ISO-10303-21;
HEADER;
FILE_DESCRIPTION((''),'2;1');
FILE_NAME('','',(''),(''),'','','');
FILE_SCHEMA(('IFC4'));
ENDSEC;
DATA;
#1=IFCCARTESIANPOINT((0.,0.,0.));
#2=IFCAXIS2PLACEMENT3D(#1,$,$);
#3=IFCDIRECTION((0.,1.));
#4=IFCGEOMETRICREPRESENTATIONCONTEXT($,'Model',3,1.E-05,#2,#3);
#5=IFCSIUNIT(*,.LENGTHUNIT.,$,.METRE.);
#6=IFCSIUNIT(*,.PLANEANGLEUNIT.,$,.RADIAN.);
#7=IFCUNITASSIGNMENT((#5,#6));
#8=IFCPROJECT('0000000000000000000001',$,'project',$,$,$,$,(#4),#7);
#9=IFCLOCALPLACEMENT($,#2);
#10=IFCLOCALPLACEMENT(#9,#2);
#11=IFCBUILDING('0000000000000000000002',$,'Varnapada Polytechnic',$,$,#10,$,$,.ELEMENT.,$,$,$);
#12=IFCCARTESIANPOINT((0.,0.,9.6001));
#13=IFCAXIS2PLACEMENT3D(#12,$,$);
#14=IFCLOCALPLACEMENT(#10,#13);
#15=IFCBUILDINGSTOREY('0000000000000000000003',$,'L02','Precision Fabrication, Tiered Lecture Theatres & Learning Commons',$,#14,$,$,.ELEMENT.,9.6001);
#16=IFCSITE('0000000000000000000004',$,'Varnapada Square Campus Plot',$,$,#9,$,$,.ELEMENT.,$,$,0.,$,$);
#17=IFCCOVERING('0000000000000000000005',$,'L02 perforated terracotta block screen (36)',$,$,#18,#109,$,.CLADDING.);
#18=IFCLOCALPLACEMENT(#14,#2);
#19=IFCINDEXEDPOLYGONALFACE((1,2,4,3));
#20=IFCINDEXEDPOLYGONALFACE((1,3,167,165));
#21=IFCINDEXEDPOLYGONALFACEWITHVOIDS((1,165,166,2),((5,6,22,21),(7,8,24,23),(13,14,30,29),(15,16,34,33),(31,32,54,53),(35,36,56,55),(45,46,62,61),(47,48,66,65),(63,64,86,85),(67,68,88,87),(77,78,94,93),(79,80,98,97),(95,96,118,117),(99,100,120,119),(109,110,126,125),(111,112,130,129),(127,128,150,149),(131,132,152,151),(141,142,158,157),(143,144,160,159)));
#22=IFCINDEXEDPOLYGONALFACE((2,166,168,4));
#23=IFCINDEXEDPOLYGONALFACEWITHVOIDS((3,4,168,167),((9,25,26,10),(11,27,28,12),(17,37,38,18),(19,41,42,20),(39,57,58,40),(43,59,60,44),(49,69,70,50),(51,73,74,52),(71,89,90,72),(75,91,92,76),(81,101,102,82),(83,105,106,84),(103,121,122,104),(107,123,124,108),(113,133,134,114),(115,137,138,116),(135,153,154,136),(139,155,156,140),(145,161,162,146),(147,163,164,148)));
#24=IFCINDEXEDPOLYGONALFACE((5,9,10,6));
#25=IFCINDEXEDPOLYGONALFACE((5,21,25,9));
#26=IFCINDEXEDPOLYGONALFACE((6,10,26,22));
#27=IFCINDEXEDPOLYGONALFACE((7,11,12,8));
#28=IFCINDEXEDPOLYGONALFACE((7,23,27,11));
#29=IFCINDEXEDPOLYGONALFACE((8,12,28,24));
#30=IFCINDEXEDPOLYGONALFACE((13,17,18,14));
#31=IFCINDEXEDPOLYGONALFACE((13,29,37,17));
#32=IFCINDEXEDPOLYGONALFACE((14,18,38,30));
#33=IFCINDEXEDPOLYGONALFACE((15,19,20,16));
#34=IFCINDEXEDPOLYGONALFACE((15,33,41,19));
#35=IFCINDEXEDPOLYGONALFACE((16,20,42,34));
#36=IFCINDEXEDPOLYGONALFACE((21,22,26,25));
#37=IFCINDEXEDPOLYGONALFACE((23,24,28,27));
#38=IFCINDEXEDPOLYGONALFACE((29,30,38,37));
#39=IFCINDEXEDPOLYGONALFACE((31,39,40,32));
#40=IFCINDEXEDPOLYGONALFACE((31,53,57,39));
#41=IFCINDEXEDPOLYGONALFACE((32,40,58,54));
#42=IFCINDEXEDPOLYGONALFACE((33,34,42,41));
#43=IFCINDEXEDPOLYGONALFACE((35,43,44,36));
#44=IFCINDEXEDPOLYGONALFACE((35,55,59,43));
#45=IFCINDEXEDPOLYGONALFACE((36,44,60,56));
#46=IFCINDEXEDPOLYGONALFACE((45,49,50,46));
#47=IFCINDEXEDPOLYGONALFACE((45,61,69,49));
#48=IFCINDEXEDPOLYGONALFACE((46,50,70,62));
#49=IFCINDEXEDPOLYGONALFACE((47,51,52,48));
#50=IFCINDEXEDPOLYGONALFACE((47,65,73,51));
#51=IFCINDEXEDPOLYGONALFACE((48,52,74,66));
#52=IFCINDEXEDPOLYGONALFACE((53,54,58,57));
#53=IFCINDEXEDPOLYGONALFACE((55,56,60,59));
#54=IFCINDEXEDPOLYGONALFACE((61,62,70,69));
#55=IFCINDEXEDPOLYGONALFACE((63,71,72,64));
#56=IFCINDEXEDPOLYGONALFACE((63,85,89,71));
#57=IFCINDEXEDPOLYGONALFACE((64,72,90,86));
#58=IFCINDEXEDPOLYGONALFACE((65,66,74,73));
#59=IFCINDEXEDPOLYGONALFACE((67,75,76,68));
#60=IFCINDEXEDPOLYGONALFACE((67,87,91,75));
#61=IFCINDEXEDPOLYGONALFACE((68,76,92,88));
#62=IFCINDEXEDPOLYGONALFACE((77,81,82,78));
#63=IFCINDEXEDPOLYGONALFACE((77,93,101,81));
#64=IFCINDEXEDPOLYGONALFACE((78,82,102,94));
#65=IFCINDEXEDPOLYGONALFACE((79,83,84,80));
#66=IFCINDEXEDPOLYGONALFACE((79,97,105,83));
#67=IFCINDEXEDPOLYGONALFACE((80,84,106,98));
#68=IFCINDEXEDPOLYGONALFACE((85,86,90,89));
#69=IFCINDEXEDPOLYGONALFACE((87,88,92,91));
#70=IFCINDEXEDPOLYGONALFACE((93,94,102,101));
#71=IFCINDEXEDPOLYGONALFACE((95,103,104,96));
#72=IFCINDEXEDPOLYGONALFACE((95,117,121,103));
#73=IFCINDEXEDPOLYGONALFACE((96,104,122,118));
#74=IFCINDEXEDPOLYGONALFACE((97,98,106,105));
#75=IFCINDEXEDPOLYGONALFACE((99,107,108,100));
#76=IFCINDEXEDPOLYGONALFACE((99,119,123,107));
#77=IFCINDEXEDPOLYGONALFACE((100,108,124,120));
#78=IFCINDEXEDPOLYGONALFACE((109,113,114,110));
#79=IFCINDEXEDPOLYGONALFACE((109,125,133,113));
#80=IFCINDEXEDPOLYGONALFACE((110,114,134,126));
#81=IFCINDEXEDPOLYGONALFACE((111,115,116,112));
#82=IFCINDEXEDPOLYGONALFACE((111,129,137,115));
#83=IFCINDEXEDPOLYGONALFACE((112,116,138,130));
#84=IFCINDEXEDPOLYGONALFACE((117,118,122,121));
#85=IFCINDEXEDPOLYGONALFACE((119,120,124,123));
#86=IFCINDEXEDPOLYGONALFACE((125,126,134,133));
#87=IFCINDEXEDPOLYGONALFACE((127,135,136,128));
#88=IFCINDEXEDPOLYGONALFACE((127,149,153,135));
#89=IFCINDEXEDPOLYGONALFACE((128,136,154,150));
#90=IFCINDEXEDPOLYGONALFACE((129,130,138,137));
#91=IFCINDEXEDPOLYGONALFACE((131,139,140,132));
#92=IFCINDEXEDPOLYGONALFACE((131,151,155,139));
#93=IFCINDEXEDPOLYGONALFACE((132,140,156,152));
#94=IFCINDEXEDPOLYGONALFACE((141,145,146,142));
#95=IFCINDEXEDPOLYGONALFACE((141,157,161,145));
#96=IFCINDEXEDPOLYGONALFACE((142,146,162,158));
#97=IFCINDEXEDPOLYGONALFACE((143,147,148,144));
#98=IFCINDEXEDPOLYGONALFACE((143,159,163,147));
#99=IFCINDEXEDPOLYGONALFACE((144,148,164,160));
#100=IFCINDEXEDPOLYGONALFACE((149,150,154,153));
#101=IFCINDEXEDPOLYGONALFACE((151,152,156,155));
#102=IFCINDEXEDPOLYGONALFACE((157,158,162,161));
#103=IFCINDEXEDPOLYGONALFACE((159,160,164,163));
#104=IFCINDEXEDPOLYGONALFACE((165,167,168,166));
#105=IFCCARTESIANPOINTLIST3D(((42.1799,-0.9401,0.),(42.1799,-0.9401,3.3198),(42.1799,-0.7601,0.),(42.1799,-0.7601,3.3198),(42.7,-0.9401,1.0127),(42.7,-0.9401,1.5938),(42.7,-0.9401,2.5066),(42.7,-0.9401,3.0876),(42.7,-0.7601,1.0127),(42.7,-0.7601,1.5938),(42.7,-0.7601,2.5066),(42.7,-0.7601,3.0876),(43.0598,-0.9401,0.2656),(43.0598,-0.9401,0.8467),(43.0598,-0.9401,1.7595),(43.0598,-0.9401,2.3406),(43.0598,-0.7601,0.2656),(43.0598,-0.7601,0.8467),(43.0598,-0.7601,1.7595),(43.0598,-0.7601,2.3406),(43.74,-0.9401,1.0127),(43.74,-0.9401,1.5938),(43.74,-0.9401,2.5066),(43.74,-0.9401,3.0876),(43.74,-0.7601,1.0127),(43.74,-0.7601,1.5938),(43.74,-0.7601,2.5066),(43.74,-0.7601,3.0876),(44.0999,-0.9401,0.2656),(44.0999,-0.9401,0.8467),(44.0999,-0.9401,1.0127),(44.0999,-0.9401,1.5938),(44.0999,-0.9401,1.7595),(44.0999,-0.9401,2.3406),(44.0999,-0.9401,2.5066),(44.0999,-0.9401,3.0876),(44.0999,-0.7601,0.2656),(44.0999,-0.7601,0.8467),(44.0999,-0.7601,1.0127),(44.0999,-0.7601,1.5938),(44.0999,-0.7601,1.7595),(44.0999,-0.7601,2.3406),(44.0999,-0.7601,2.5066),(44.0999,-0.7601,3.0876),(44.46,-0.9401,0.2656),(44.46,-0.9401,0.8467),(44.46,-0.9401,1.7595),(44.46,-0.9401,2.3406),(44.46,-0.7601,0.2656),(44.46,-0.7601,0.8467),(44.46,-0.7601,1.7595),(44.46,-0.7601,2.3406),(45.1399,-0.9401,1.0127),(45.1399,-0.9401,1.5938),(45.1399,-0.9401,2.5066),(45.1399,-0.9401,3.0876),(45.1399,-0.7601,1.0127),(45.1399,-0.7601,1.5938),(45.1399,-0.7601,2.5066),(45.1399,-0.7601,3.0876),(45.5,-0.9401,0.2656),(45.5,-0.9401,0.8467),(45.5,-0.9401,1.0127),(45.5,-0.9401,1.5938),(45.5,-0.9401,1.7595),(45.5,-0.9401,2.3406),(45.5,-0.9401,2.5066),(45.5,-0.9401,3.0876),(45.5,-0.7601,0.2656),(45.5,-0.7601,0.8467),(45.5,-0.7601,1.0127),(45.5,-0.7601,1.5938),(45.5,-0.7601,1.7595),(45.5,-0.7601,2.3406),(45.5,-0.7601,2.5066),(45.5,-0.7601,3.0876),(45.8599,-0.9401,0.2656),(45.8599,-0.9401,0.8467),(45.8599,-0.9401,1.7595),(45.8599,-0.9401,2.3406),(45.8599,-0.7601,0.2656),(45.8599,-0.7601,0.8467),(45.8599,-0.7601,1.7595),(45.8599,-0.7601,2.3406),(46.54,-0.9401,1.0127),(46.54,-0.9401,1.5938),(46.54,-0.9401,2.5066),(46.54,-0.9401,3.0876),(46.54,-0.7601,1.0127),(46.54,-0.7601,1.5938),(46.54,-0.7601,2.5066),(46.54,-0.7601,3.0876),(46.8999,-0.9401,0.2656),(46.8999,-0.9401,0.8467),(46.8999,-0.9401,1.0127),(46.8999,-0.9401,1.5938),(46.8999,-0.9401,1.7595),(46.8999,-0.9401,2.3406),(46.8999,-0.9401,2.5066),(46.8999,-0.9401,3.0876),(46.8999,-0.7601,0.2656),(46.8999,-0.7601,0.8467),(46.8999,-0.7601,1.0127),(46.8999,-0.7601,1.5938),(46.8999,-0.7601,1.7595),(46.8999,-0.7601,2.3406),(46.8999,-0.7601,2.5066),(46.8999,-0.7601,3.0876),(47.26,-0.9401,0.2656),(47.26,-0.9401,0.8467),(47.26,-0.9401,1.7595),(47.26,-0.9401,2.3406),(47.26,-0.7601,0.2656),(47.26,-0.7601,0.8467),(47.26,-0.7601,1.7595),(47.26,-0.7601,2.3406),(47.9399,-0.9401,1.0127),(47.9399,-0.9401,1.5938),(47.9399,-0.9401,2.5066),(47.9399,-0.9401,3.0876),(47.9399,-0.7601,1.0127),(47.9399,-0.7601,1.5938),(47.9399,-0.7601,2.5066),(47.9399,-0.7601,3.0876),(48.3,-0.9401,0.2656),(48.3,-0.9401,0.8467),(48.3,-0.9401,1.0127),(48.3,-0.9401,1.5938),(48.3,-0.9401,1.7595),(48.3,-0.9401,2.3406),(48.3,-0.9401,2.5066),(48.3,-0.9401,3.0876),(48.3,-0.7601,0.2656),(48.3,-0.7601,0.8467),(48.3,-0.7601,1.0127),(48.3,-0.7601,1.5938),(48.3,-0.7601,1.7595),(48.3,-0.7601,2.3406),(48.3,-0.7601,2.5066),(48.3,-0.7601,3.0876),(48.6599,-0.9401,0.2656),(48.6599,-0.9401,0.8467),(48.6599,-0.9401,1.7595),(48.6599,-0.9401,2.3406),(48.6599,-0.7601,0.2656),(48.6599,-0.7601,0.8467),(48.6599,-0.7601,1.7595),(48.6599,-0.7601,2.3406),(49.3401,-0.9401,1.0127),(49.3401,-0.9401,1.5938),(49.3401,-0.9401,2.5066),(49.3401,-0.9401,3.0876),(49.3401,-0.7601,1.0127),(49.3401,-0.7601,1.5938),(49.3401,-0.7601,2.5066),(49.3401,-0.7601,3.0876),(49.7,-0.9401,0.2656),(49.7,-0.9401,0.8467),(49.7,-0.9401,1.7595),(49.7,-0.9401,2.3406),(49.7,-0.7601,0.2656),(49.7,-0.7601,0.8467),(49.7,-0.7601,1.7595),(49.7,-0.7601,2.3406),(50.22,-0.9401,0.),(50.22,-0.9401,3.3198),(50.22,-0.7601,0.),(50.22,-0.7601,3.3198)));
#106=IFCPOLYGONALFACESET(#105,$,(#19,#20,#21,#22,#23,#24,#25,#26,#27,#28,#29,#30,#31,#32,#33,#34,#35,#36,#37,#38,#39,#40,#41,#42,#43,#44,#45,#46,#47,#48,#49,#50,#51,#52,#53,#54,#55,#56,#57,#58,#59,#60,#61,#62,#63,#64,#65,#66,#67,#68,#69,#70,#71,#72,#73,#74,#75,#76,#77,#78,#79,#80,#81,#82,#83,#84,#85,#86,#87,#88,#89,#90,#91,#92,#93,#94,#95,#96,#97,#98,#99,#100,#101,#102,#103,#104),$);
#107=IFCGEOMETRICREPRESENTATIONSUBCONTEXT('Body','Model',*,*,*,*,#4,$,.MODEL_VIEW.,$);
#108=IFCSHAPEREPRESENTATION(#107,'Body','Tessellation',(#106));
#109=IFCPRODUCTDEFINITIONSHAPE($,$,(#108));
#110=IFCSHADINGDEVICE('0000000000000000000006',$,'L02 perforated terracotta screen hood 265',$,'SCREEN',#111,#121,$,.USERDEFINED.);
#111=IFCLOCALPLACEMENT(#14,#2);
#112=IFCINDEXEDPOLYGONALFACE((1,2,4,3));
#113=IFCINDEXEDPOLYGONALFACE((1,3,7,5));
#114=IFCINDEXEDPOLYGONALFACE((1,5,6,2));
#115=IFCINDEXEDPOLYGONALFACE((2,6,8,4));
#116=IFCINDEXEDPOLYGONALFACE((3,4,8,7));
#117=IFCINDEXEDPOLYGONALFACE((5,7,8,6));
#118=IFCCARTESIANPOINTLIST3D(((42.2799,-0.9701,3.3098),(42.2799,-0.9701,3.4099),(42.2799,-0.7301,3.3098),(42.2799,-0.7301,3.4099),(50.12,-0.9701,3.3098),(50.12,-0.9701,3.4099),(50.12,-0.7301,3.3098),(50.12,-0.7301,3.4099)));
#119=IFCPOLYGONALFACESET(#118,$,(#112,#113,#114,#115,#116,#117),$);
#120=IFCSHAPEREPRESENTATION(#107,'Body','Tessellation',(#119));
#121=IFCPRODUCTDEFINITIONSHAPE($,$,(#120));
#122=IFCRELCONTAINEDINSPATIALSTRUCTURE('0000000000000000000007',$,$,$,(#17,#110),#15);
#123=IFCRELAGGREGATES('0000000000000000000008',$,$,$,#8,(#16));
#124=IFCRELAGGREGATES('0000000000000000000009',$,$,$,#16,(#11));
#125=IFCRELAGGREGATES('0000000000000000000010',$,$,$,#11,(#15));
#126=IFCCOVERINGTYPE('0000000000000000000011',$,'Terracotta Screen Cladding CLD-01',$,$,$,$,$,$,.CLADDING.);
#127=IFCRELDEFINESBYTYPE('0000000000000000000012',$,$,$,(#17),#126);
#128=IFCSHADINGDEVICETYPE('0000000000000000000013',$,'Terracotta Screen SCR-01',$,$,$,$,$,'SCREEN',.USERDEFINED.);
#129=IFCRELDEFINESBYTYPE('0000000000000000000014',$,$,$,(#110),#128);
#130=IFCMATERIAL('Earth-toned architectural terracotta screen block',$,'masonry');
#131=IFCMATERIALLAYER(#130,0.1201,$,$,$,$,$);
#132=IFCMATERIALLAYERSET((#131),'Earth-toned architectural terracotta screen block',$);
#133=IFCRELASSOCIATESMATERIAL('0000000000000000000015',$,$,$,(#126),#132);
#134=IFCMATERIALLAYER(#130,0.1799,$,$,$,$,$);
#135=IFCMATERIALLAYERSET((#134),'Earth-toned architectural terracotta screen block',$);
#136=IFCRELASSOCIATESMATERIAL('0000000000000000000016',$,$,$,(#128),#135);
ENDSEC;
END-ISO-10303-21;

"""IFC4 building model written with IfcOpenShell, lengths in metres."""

from ifc_helpers import new_model, si_unit, direction, frame, frame_2d, origin, origin_2d, place, context, subcontext, project, spatial, rectangle, extrude, material, layer, layer_set, type_object, element, save


model = new_model("IFC4")

# Units and contexts
model_context = context("Model", 3, precision=1e-05, world=origin(), true_north=direction((0.0, 1.0)))
body_context = subcontext(model_context, "Body", "Model", "MODEL_VIEW")
ifc_project = project(units=[si_unit("LENGTHUNIT", "METRE"), si_unit("PLANEANGLEUNIT", "RADIAN")], contexts=[model_context])

# Site, building, storey
site_placement = place(None, origin())
site = spatial("IfcSite", under=ifc_project, at=site_placement, Name="Varnapada Square Campus Plot", CompositionType="ELEMENT", RefElevation=0.0)
building_placement = place(site_placement, origin())
building = spatial("IfcBuilding", under=site, at=building_placement, Name="Varnapada Polytechnic", CompositionType="ELEMENT")
storey_placement = place(building_placement, frame((0.0, 0.0, 9.6001)))
storey = spatial("IfcBuildingStorey", under=building, at=storey_placement, Name="L02", Description="Precision Fabrication, Tiered Lecture Theatres & Learning Commons", CompositionType="ELEMENT", Elevation=9.6001)

# Covering, openings
ifc_material_1 = material(Name="Earth-toned architectural terracotta screen block", Category="masonry")
ifc_layer_1 = layer(ifc_material_1, 0.1201)
ifc_layer_set_1 = layer_set([ifc_layer_1], Name="Earth-toned architectural terracotta screen block")
covering_type = type_object("IfcCoveringType", Name="Terracotta Screen Cladding CLD-01", PredefinedType="CLADDING", material=ifc_layer_set_1)
covering_placement = place(storey_placement, frame((50.22, -0.8501, 0.0), z_axis=(0.0, 0.0, 1.0), x_axis=(-1.0, 0.0, 0.0)))
covering = element("IfcCovering", 1, at=covering_placement, inside=storey, type_object=covering_type, Name="L02 perforated terracotta block screen (36)", PredefinedType="CLADDING", context=body_context, shape_type="SweptSolid", body=[
    extrude(rectangle(XDim=8.04, YDim=0.1799, at=frame_2d((4.02, 0.0))), origin(), (0.0, 0.0, 1.0), 3.3198),
])
opening_1_placement = place(covering_placement, frame((0.52, 0.0, 0.2656)))
element("IfcOpeningElement", 2, at=opening_1_placement, cuts=covering, PredefinedType="OPENING", context=body_context, shape_type="SweptSolid", body=[
    extrude(rectangle(XDim=1.04, YDim=0.5811, at=frame_2d((0.52, 0.2905))), frame((0.0, 0.0999, 0.0), z_axis=(0.0, -1.0, 0.0), x_axis=(1.0, 0.0, 0.0)), (0.0, 0.0, 1.0), 0.2),
])
opening_2_placement = place(covering_placement, frame((1.9199, 0.0, 0.2656)))
element("IfcOpeningElement", 3, at=opening_2_placement, cuts=covering, PredefinedType="OPENING", context=body_context, shape_type="SweptSolid", body=[
    extrude(rectangle(XDim=1.04, YDim=0.5811, at=frame_2d((0.52, 0.2905))), frame((0.0, 0.0999, 0.0), z_axis=(0.0, -1.0, 0.0), x_axis=(1.0, 0.0, 0.0)), (0.0, 0.0, 1.0), 0.2),
])
opening_3_placement = place(covering_placement, frame((3.3201, 0.0, 0.2656)))
element("IfcOpeningElement", 4, at=opening_3_placement, cuts=covering, PredefinedType="OPENING", context=body_context, shape_type="SweptSolid", body=[
    extrude(rectangle(XDim=1.04, YDim=0.5811, at=frame_2d((0.52, 0.2905))), frame((0.0, 0.0999, 0.0), z_axis=(0.0, -1.0, 0.0), x_axis=(1.0, 0.0, 0.0)), (0.0, 0.0, 1.0), 0.2),
])
opening_4_placement = place(covering_placement, frame((4.72, 0.0, 0.2656)))
element("IfcOpeningElement", 5, at=opening_4_placement, cuts=covering, PredefinedType="OPENING", context=body_context, shape_type="SweptSolid", body=[
    extrude(rectangle(XDim=1.04, YDim=0.5811, at=frame_2d((0.52, 0.2905))), frame((0.0, 0.0999, 0.0), z_axis=(0.0, -1.0, 0.0), x_axis=(1.0, 0.0, 0.0)), (0.0, 0.0, 1.0), 0.2),
])
opening_5_placement = place(covering_placement, frame((6.1201, 0.0, 0.2656)))
element("IfcOpeningElement", 6, at=opening_5_placement, cuts=covering, PredefinedType="OPENING", context=body_context, shape_type="SweptSolid", body=[
    extrude(rectangle(XDim=1.04, YDim=0.5811, at=frame_2d((0.52, 0.2905))), frame((0.0, 0.0999, 0.0), z_axis=(0.0, -1.0, 0.0), x_axis=(1.0, 0.0, 0.0)), (0.0, 0.0, 1.0), 0.2),
])
opening_6_placement = place(covering_placement, frame((0.8799, 0.0, 1.0127)))
element("IfcOpeningElement", 7, at=opening_6_placement, cuts=covering, PredefinedType="OPENING", context=body_context, shape_type="SweptSolid", body=[
    extrude(rectangle(XDim=1.04, YDim=0.5811, at=frame_2d((0.52, 0.2905))), frame((0.0, 0.0999, 0.0), z_axis=(0.0, -1.0, 0.0), x_axis=(1.0, 0.0, 0.0)), (0.0, 0.0, 1.0), 0.2),
])
opening_7_placement = place(covering_placement, frame((2.28, 0.0, 1.0127)))
element("IfcOpeningElement", 8, at=opening_7_placement, cuts=covering, PredefinedType="OPENING", context=body_context, shape_type="SweptSolid", body=[
    extrude(rectangle(XDim=1.04, YDim=0.5811, at=frame_2d((0.52, 0.2905))), frame((0.0, 0.0999, 0.0), z_axis=(0.0, -1.0, 0.0), x_axis=(1.0, 0.0, 0.0)), (0.0, 0.0, 1.0), 0.2),
])
opening_8_placement = place(covering_placement, frame((3.6799, 0.0, 1.0127)))
element("IfcOpeningElement", 9, at=opening_8_placement, cuts=covering, PredefinedType="OPENING", context=body_context, shape_type="SweptSolid", body=[
    extrude(rectangle(XDim=1.04, YDim=0.5811, at=frame_2d((0.52, 0.2905))), frame((0.0, 0.0999, 0.0), z_axis=(0.0, -1.0, 0.0), x_axis=(1.0, 0.0, 0.0)), (0.0, 0.0, 1.0), 0.2),
])
opening_9_placement = place(covering_placement, frame((5.0801, 0.0, 1.0127)))
element("IfcOpeningElement", 10, at=opening_9_placement, cuts=covering, PredefinedType="OPENING", context=body_context, shape_type="SweptSolid", body=[
    extrude(rectangle(XDim=1.04, YDim=0.5811, at=frame_2d((0.52, 0.2905))), frame((0.0, 0.0999, 0.0), z_axis=(0.0, -1.0, 0.0), x_axis=(1.0, 0.0, 0.0)), (0.0, 0.0, 1.0), 0.2),
])
opening_10_placement = place(covering_placement, frame((6.48, 0.0, 1.0127)))
element("IfcOpeningElement", 11, at=opening_10_placement, cuts=covering, PredefinedType="OPENING", context=body_context, shape_type="SweptSolid", body=[
    extrude(rectangle(XDim=1.04, YDim=0.5811, at=frame_2d((0.52, 0.2905))), frame((0.0, 0.0999, 0.0), z_axis=(0.0, -1.0, 0.0), x_axis=(1.0, 0.0, 0.0)), (0.0, 0.0, 1.0), 0.2),
])
opening_11_placement = place(covering_placement, frame((0.52, 0.0, 1.7595)))
element("IfcOpeningElement", 12, at=opening_11_placement, cuts=covering, PredefinedType="OPENING", context=body_context, shape_type="SweptSolid", body=[
    extrude(rectangle(XDim=1.04, YDim=0.5811, at=frame_2d((0.52, 0.2905))), frame((0.0, 0.0999, 0.0), z_axis=(0.0, -1.0, 0.0), x_axis=(1.0, 0.0, 0.0)), (0.0, 0.0, 1.0), 0.2),
])
opening_12_placement = place(covering_placement, frame((1.9199, 0.0, 1.7595)))
element("IfcOpeningElement", 13, at=opening_12_placement, cuts=covering, PredefinedType="OPENING", context=body_context, shape_type="SweptSolid", body=[
    extrude(rectangle(XDim=1.04, YDim=0.5811, at=frame_2d((0.52, 0.2905))), frame((0.0, 0.0999, 0.0), z_axis=(0.0, -1.0, 0.0), x_axis=(1.0, 0.0, 0.0)), (0.0, 0.0, 1.0), 0.2),
])
opening_13_placement = place(covering_placement, frame((3.3201, 0.0, 1.7595)))
element("IfcOpeningElement", 14, at=opening_13_placement, cuts=covering, PredefinedType="OPENING", context=body_context, shape_type="SweptSolid", body=[
    extrude(rectangle(XDim=1.04, YDim=0.5811, at=frame_2d((0.52, 0.2905))), frame((0.0, 0.0999, 0.0), z_axis=(0.0, -1.0, 0.0), x_axis=(1.0, 0.0, 0.0)), (0.0, 0.0, 1.0), 0.2),
])
opening_14_placement = place(covering_placement, frame((4.72, 0.0, 1.7595)))
element("IfcOpeningElement", 15, at=opening_14_placement, cuts=covering, PredefinedType="OPENING", context=body_context, shape_type="SweptSolid", body=[
    extrude(rectangle(XDim=1.04, YDim=0.5811, at=frame_2d((0.52, 0.2905))), frame((0.0, 0.0999, 0.0), z_axis=(0.0, -1.0, 0.0), x_axis=(1.0, 0.0, 0.0)), (0.0, 0.0, 1.0), 0.2),
])
opening_15_placement = place(covering_placement, frame((6.1201, 0.0, 1.7595)))
element("IfcOpeningElement", 16, at=opening_15_placement, cuts=covering, PredefinedType="OPENING", context=body_context, shape_type="SweptSolid", body=[
    extrude(rectangle(XDim=1.04, YDim=0.5811, at=frame_2d((0.52, 0.2905))), frame((0.0, 0.0999, 0.0), z_axis=(0.0, -1.0, 0.0), x_axis=(1.0, 0.0, 0.0)), (0.0, 0.0, 1.0), 0.2),
])
opening_16_placement = place(covering_placement, frame((0.8799, 0.0, 2.5066)))
element("IfcOpeningElement", 17, at=opening_16_placement, cuts=covering, PredefinedType="OPENING", context=body_context, shape_type="SweptSolid", body=[
    extrude(rectangle(XDim=1.04, YDim=0.5811, at=frame_2d((0.52, 0.2905))), frame((0.0, 0.0999, 0.0), z_axis=(0.0, -1.0, 0.0), x_axis=(1.0, 0.0, 0.0)), (0.0, 0.0, 1.0), 0.2),
])
opening_17_placement = place(covering_placement, frame((2.28, 0.0, 2.5066)))
element("IfcOpeningElement", 18, at=opening_17_placement, cuts=covering, PredefinedType="OPENING", context=body_context, shape_type="SweptSolid", body=[
    extrude(rectangle(XDim=1.04, YDim=0.5811, at=frame_2d((0.52, 0.2905))), frame((0.0, 0.0999, 0.0), z_axis=(0.0, -1.0, 0.0), x_axis=(1.0, 0.0, 0.0)), (0.0, 0.0, 1.0), 0.2),
])
opening_18_placement = place(covering_placement, frame((3.6799, 0.0, 2.5066)))
element("IfcOpeningElement", 19, at=opening_18_placement, cuts=covering, PredefinedType="OPENING", context=body_context, shape_type="SweptSolid", body=[
    extrude(rectangle(XDim=1.04, YDim=0.5811, at=frame_2d((0.52, 0.2905))), frame((0.0, 0.0999, 0.0), z_axis=(0.0, -1.0, 0.0), x_axis=(1.0, 0.0, 0.0)), (0.0, 0.0, 1.0), 0.2),
])
opening_19_placement = place(covering_placement, frame((5.0801, 0.0, 2.5066)))
element("IfcOpeningElement", 20, at=opening_19_placement, cuts=covering, PredefinedType="OPENING", context=body_context, shape_type="SweptSolid", body=[
    extrude(rectangle(XDim=1.04, YDim=0.5811, at=frame_2d((0.52, 0.2905))), frame((0.0, 0.0999, 0.0), z_axis=(0.0, -1.0, 0.0), x_axis=(1.0, 0.0, 0.0)), (0.0, 0.0, 1.0), 0.2),
])
opening_20_placement = place(covering_placement, frame((6.48, 0.0, 2.5066)))
element("IfcOpeningElement", 21, at=opening_20_placement, cuts=covering, PredefinedType="OPENING", context=body_context, shape_type="SweptSolid", body=[
    extrude(rectangle(XDim=1.04, YDim=0.5811, at=frame_2d((0.52, 0.2905))), frame((0.0, 0.0999, 0.0), z_axis=(0.0, -1.0, 0.0), x_axis=(1.0, 0.0, 0.0)), (0.0, 0.0, 1.0), 0.2),
])

# Shading device
ifc_layer_2 = layer(ifc_material_1, 0.1799)
ifc_layer_set_2 = layer_set([ifc_layer_2], Name="Earth-toned architectural terracotta screen block")
shading_device_type = type_object("IfcShadingDeviceType", Name="Terracotta Screen SCR-01", ElementType="SCREEN", PredefinedType="USERDEFINED", material=ifc_layer_set_2)
shading_device_placement = place(storey_placement, frame((46.2, -0.8501, 3.3098), z_axis=(0.0, 0.0, 1.0), x_axis=(-1.0, 0.0, 0.0)))
element("IfcShadingDevice", 22, at=shading_device_placement, inside=storey, type_object=shading_device_type, Name="L02 perforated terracotta screen hood 265", ObjectType="SCREEN", PredefinedType="USERDEFINED", context=body_context, shape_type="SweptSolid", body=[
    extrude(rectangle(XDim=7.8401, YDim=0.24, at=origin_2d()), origin(), (0.0, 0.0, 1.0), 0.1001),
])

save(model, "model.ifc")
